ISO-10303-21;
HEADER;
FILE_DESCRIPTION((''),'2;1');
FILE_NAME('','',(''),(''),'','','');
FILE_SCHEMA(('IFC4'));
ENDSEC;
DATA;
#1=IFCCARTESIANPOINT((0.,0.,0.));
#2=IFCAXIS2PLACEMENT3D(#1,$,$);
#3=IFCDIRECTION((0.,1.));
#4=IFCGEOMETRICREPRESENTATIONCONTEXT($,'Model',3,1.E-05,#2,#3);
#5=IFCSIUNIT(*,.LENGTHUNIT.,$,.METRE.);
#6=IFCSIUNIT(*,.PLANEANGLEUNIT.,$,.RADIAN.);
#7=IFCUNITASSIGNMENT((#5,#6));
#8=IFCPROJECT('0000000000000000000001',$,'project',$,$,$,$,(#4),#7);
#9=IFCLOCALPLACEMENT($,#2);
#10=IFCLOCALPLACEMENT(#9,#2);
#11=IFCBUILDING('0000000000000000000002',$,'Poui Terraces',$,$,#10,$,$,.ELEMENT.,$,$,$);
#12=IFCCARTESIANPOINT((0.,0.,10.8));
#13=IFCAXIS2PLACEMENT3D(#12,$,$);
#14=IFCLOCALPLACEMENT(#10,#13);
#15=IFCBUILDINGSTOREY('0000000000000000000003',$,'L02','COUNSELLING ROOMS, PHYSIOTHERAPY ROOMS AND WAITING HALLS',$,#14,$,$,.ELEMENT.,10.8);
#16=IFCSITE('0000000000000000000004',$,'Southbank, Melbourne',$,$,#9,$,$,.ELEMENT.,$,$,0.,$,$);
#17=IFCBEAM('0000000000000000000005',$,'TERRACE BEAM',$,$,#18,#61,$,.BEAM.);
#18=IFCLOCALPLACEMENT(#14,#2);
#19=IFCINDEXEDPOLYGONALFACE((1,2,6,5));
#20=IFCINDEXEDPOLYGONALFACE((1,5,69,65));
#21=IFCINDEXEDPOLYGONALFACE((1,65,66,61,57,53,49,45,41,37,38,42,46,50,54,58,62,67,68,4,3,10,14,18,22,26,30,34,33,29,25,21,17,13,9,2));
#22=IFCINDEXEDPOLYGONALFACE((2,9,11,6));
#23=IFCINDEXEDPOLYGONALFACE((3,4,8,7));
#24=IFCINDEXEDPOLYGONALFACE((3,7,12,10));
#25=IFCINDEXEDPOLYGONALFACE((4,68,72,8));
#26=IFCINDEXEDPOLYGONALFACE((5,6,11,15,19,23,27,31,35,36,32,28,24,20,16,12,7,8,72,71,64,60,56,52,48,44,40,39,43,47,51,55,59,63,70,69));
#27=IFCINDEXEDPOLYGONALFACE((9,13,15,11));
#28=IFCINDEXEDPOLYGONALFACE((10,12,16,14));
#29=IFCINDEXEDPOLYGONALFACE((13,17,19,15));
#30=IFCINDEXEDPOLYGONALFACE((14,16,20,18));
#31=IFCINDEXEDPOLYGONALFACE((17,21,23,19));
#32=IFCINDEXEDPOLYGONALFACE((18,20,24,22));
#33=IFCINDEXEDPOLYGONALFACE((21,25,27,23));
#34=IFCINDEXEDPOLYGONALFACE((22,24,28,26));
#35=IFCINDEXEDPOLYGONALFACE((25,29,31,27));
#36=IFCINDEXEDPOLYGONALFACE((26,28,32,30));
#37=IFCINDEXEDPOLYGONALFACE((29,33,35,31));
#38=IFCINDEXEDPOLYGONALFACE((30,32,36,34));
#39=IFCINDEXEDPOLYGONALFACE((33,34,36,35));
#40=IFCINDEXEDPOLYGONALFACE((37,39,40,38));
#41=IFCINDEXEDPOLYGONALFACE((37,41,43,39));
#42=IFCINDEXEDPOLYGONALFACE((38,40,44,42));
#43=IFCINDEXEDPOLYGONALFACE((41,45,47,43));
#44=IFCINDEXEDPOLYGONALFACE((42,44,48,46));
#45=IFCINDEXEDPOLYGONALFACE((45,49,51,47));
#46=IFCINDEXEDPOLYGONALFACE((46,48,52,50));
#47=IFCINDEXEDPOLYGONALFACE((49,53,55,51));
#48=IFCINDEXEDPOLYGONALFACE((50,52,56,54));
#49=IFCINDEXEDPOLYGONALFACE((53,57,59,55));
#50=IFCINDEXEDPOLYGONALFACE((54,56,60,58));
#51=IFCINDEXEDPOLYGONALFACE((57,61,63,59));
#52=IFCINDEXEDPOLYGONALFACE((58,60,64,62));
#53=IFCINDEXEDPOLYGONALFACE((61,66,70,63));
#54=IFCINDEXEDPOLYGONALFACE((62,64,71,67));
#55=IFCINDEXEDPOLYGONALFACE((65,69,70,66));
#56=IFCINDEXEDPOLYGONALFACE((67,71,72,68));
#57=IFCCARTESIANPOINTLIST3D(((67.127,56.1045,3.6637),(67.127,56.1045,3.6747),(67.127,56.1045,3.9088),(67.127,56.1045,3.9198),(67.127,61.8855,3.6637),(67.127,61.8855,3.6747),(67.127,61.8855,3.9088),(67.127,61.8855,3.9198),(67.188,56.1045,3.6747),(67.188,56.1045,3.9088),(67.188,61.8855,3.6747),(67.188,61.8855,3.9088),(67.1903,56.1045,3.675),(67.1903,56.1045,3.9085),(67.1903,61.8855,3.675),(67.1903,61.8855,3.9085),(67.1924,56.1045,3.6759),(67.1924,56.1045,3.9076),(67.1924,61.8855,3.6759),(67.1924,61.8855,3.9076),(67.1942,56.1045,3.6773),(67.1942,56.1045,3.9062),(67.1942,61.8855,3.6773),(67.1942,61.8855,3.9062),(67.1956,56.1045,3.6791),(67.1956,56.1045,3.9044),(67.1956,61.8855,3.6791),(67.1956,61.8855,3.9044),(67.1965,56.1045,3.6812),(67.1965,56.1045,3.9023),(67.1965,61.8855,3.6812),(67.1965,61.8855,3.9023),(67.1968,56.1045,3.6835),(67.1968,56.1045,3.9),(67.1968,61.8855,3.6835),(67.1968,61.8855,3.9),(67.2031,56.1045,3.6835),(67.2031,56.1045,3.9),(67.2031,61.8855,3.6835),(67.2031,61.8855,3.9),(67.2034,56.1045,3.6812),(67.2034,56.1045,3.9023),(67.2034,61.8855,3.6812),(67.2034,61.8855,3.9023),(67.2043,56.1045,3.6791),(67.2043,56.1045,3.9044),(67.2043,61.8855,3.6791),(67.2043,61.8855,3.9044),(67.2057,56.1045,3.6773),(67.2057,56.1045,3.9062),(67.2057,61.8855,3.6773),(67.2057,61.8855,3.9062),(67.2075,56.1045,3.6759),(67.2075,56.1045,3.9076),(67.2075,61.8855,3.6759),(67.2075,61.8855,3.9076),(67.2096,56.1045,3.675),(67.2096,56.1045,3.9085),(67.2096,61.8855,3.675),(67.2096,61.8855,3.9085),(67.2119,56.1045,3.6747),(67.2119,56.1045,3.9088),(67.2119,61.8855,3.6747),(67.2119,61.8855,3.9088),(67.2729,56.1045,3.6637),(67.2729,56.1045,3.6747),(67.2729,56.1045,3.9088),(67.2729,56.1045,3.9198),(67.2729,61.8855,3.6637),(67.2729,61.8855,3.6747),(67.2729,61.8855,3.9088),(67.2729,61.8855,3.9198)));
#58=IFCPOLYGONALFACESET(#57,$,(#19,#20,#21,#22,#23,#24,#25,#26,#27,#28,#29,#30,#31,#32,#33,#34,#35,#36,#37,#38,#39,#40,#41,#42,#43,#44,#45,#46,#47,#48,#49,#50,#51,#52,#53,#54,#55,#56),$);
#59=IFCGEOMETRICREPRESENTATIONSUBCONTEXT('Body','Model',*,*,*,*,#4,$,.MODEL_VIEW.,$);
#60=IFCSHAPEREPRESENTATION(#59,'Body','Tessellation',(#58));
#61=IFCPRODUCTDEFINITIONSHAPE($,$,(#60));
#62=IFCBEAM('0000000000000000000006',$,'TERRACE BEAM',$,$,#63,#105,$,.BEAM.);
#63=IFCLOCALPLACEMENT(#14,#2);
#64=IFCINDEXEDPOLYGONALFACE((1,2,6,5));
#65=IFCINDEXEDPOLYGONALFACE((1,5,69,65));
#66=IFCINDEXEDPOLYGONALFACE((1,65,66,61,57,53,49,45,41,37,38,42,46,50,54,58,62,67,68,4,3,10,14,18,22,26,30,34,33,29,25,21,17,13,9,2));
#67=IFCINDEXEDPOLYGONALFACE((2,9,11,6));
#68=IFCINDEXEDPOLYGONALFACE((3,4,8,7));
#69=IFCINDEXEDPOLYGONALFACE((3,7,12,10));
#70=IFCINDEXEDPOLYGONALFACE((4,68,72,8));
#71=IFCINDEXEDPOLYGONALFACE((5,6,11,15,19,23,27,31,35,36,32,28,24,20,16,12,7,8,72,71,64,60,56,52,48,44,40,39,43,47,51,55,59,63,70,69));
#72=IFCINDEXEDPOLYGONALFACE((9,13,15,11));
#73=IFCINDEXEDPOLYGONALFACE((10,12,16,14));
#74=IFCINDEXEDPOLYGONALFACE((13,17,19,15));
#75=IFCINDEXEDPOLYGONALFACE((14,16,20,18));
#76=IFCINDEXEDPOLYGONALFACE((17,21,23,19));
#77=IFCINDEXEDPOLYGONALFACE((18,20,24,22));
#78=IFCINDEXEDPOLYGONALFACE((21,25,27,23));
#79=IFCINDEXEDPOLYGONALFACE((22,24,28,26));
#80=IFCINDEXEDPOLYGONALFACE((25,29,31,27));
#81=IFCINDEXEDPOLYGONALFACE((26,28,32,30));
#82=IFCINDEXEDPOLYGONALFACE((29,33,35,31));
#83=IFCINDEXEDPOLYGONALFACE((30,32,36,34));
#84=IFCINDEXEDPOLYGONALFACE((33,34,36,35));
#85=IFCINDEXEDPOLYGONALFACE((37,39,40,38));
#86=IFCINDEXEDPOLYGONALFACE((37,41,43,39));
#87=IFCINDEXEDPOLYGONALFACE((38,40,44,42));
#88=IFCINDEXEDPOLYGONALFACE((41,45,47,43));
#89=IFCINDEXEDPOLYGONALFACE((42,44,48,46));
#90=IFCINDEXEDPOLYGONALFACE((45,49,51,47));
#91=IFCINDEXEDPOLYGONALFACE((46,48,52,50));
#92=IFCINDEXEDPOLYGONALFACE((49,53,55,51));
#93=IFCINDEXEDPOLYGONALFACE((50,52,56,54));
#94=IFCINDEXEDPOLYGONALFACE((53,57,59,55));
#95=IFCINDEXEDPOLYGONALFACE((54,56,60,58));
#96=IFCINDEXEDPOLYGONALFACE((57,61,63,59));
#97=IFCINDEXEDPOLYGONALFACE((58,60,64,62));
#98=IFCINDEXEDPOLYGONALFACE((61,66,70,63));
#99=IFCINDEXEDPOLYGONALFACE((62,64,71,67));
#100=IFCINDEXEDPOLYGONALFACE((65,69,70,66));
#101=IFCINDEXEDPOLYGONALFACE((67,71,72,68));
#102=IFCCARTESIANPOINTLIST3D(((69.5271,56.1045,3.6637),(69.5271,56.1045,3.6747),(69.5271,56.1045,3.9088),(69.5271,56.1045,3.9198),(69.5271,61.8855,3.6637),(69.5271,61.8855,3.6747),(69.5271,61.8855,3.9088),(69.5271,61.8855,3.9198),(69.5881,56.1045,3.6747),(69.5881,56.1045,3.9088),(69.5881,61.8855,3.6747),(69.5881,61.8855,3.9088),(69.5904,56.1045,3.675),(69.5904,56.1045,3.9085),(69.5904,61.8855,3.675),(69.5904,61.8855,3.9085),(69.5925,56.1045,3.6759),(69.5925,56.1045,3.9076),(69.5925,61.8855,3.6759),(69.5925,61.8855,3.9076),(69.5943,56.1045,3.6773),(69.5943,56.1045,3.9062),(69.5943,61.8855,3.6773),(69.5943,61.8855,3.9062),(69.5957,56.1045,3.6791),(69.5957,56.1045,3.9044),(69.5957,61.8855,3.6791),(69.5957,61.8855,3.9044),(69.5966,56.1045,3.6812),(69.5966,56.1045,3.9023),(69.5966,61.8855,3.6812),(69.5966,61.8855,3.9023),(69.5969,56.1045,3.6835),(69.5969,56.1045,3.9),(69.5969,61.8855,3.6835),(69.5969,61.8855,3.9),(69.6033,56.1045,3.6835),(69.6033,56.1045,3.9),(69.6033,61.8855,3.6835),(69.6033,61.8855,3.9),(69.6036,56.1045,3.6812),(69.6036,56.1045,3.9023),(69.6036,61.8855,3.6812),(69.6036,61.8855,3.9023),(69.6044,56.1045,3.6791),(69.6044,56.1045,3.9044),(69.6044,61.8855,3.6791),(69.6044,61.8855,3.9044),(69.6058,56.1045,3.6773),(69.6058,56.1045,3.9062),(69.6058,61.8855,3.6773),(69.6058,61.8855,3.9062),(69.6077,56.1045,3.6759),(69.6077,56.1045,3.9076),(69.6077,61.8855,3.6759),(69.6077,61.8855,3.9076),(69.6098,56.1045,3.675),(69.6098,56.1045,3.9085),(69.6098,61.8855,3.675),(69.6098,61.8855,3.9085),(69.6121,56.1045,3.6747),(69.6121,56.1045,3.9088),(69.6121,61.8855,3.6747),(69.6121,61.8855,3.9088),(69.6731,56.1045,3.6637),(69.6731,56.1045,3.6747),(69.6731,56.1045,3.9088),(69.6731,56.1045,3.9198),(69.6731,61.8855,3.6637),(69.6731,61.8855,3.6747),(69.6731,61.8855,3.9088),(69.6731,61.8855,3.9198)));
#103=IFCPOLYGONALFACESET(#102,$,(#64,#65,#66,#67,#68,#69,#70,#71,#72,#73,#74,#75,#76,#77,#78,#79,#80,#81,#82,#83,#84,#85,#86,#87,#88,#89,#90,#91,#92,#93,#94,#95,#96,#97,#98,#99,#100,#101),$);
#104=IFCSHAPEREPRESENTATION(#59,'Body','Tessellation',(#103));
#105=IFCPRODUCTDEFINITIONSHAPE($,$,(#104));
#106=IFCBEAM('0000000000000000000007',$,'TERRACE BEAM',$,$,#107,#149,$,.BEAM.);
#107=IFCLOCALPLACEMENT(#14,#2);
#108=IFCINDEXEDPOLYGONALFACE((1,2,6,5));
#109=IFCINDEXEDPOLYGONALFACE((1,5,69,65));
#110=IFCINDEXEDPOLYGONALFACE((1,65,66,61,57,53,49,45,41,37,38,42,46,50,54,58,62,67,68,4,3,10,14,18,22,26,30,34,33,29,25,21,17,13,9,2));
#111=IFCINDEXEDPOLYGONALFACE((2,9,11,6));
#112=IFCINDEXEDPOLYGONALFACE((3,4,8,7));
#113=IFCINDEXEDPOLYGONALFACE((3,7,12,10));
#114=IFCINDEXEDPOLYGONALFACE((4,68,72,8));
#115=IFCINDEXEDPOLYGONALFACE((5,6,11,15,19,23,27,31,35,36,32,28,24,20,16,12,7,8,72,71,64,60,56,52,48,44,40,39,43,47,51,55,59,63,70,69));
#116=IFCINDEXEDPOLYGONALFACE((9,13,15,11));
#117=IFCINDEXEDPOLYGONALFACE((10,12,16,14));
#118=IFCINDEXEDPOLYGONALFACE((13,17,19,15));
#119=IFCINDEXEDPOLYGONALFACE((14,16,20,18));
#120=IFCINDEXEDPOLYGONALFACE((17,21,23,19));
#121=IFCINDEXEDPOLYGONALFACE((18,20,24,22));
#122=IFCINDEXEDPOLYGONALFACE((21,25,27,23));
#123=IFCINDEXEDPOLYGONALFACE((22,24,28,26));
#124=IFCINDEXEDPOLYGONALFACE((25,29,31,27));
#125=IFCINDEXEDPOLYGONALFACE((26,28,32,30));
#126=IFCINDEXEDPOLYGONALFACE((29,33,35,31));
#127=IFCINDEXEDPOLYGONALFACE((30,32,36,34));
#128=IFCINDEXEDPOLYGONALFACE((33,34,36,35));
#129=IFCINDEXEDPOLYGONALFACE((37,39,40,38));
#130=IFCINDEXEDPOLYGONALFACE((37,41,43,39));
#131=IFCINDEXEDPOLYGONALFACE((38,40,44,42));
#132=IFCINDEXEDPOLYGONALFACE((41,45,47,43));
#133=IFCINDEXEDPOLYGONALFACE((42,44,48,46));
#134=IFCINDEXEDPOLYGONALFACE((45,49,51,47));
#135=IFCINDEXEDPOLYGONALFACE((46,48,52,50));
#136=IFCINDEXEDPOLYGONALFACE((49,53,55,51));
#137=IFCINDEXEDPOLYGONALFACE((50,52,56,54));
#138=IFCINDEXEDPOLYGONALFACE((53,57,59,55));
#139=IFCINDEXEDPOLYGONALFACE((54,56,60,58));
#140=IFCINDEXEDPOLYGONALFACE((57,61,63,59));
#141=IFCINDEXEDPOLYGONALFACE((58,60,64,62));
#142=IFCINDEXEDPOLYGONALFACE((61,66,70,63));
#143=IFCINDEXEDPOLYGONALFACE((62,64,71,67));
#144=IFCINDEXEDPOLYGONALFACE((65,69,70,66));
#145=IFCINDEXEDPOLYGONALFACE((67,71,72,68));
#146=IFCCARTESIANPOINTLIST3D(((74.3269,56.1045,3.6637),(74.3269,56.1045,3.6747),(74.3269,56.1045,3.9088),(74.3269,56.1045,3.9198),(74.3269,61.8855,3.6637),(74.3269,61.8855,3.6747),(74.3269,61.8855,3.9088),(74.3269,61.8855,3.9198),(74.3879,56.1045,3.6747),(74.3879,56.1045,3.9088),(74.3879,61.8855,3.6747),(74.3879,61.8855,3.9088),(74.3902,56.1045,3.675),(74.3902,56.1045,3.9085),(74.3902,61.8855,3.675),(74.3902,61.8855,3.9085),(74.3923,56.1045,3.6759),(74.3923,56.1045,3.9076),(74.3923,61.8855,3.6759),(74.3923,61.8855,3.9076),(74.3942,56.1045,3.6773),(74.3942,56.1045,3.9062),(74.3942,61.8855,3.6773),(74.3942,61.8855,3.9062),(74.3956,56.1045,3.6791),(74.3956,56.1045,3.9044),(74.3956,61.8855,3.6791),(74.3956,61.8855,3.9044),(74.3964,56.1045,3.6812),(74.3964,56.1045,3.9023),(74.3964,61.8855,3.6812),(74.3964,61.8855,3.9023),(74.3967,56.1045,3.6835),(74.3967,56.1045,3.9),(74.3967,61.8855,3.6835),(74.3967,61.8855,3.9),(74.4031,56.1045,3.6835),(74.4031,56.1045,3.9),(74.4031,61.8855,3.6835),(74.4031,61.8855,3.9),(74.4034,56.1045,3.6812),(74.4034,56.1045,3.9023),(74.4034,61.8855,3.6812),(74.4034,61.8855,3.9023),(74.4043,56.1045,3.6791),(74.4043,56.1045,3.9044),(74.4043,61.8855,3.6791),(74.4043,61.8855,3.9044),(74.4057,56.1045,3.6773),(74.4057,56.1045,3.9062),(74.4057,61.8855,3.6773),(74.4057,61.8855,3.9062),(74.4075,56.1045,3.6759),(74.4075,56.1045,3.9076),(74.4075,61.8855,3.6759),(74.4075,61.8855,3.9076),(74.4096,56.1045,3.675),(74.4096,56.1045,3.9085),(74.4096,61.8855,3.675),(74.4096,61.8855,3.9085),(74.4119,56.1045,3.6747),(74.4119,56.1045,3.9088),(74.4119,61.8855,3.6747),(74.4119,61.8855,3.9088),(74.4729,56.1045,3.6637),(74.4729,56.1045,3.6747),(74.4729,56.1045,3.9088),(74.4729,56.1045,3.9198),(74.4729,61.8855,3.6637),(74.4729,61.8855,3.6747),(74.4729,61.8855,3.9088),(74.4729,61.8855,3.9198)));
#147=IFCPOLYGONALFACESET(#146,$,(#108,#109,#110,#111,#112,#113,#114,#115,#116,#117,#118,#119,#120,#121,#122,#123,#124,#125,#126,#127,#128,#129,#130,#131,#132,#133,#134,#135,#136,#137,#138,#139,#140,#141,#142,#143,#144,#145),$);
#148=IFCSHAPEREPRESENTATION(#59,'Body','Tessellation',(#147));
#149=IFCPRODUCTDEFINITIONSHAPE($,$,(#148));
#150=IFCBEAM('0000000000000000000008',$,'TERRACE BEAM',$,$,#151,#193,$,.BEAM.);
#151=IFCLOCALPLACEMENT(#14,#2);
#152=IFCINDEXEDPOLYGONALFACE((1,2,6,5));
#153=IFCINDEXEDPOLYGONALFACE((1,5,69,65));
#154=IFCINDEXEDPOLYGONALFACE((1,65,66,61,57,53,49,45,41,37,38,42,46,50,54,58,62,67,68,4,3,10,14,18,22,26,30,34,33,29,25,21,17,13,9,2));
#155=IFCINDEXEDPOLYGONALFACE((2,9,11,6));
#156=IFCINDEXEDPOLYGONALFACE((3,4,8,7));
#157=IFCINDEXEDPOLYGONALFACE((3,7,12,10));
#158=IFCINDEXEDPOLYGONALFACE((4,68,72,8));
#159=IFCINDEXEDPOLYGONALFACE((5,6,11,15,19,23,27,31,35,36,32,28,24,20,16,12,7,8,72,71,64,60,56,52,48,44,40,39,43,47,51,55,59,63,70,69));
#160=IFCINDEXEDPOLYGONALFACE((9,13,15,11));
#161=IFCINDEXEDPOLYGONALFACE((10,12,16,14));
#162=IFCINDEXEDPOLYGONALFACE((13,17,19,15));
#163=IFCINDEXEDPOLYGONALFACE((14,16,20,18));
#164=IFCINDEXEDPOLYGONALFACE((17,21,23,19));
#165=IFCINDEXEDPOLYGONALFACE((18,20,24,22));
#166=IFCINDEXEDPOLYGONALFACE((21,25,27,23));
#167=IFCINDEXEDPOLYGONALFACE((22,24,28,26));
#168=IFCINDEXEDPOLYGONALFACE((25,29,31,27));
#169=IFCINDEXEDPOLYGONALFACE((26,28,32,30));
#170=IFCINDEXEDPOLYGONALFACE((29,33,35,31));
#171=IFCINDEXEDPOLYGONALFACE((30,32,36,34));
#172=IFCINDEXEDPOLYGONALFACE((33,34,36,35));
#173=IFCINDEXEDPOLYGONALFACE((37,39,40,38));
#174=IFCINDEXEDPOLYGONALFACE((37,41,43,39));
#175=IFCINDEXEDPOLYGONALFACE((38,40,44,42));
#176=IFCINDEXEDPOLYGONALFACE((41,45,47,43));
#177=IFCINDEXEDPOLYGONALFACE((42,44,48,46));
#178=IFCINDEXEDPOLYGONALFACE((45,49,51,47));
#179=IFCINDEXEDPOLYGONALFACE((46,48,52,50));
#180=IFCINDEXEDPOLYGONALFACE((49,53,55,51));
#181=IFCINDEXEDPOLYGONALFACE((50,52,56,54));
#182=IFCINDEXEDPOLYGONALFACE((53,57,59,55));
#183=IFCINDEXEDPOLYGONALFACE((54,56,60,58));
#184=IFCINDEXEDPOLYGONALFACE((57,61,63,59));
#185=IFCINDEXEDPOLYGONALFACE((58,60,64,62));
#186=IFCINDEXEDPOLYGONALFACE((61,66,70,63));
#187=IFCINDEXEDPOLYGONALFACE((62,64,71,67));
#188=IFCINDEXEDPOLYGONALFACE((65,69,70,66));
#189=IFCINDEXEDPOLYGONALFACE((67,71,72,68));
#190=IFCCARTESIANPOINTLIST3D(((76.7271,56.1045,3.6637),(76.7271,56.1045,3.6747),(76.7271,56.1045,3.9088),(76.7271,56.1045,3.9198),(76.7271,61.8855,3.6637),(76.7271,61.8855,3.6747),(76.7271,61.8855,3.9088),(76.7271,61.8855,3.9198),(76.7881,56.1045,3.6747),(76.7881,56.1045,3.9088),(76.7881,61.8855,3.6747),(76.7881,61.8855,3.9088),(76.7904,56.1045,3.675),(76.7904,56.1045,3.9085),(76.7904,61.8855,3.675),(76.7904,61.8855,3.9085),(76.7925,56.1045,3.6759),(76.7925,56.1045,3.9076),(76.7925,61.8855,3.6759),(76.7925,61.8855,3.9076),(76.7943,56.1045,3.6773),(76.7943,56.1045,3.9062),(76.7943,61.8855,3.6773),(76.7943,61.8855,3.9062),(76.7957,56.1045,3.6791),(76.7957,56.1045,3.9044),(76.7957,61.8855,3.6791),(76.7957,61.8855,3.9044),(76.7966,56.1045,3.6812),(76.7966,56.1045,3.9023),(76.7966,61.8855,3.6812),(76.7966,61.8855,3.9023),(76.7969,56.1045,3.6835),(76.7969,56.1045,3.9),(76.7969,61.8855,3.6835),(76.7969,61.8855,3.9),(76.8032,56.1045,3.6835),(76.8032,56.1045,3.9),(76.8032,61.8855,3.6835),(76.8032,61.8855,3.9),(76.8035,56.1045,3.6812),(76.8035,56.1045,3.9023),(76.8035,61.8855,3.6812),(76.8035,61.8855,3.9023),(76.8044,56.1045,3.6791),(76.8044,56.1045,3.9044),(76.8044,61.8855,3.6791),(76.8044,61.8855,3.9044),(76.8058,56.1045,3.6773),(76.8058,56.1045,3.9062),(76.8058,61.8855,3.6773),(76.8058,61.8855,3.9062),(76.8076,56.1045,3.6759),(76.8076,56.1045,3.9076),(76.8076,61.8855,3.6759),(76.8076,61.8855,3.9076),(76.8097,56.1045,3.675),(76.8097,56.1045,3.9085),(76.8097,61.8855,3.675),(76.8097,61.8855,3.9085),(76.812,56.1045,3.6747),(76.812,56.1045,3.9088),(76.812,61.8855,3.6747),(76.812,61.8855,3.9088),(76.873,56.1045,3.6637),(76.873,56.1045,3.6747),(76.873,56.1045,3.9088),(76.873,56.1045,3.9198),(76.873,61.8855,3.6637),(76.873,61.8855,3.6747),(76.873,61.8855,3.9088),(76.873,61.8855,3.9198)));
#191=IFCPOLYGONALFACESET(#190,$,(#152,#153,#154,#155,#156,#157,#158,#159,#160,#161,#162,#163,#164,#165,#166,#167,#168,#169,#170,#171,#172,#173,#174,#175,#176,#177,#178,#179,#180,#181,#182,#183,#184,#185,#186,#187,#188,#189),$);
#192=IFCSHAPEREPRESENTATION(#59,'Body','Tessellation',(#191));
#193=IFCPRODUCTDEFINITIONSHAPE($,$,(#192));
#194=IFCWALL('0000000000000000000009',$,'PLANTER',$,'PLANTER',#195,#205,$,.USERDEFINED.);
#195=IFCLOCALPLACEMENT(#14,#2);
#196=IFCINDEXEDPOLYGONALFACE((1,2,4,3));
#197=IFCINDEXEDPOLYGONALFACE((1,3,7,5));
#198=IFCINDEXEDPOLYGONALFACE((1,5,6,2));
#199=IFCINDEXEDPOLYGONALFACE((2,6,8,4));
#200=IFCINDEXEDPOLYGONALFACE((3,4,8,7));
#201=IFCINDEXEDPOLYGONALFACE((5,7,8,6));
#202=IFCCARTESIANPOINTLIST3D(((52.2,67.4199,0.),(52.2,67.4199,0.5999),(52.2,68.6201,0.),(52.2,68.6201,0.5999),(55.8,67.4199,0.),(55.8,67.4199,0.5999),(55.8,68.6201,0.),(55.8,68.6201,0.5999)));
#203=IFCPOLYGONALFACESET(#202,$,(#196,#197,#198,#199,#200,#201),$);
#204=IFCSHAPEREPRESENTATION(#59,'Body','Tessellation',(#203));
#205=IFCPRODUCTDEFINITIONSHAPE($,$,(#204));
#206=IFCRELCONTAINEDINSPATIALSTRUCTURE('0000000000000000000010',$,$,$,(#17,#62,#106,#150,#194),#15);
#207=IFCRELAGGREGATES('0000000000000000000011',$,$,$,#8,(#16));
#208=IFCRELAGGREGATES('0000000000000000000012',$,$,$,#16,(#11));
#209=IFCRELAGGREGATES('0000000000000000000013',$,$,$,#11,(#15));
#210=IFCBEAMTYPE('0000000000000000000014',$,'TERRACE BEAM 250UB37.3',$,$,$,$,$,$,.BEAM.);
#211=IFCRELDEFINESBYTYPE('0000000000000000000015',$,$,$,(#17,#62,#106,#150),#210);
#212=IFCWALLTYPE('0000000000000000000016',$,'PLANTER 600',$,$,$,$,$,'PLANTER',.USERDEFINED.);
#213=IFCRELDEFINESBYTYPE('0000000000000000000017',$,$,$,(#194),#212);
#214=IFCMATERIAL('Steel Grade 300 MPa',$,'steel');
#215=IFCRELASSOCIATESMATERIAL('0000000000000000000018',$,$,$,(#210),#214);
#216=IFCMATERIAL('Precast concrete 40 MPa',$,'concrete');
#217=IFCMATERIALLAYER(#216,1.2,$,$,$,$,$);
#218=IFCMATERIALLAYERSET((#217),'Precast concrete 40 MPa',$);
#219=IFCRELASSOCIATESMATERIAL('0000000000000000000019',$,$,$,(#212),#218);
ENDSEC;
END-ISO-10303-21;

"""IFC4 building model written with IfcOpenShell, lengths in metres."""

from ifc_helpers import new_model, si_unit, direction, frame, origin, origin_2d, place, context, subcontext, project, spatial, polyline, i_section, outline, extrude, source, transform, mapped, material, layer, layer_set, material_profile, profile_set, type_object, element, save


model = new_model("IFC4")

# Units and contexts
model_context = context("Model", 3, precision=1e-05, world=origin(), true_north=direction((0.0, 1.0)))
body_context = subcontext(model_context, "Body", "Model", "MODEL_VIEW")
ifc_project = project(units=[si_unit("LENGTHUNIT", "METRE"), si_unit("PLANEANGLEUNIT", "RADIAN")], contexts=[model_context])

# Site, building, storey
site_placement = place(None, origin())
site = spatial("IfcSite", under=ifc_project, at=site_placement, Name="Southbank, Melbourne", CompositionType="ELEMENT", RefElevation=0.0)
building_placement = place(site_placement, origin())
building = spatial("IfcBuilding", under=site, at=building_placement, Name="Poui Terraces", CompositionType="ELEMENT")
storey_placement = place(building_placement, frame((0.0, 0.0, 10.8)))
storey = spatial("IfcBuildingStorey", under=building, at=storey_placement, Name="L02", Description="COUNSELLING ROOMS, PHYSIOTHERAPY ROOMS AND WAITING HALLS", CompositionType="ELEMENT", Elevation=10.8)

# Beams
ifc_material_1 = material(Name="Steel Grade 300 MPa", Category="steel")
ifc_material_profile_1 = material_profile(ifc_material_1, i_section(OverallWidth=0.146, OverallDepth=0.2561, WebThickness=0.0063, FlangeThickness=0.011, FilletRadius=0.0088, at=origin_2d()), Name="250UB37.3")
ifc_profile_set_1 = profile_set([ifc_material_profile_1], Name="Steel Grade 300 MPa")
beam_type_1 = type_object("IfcBeamType", Name="TERRACE BEAM 250UB37.3", PredefinedType="BEAM", material=ifc_profile_set_1)
shared_shape_1 = source(origin(), body_context, "Body", "SweptSolid", [
    extrude(i_section(OverallWidth=0.146, OverallDepth=0.2561, WebThickness=0.0063, FlangeThickness=0.011, FilletRadius=0.0088, at=origin_2d()), origin(), (0.0, 0.0, 1.0), 5.781),
])
for number, where, z_axis, x_axis, name in (
    (1, (67.2, 56.1045, 3.7917), (0.0, 1.0, 0.0), (-1.0, 0.0, 0.0), "TERRACE BEAM"),
    (2, (69.6001, 56.1045, 3.7917), (0.0, 1.0, 0.0), (-1.0, 0.0, 0.0), "TERRACE BEAM"),
    (3, (74.3999, 56.1045, 3.7917), (0.0, 1.0, 0.0), (-1.0, 0.0, 0.0), "TERRACE BEAM"),
    (4, (76.8, 56.1045, 3.7917), (0.0, 1.0, 0.0), (-1.0, 0.0, 0.0), "TERRACE BEAM"),
):
    element("IfcBeam", number, at=place(storey_placement, frame(where, z_axis=z_axis, x_axis=x_axis)), inside=storey, type_object=beam_type_1, Name=name, PredefinedType="BEAM", context=body_context, shape_type="MappedRepresentation", body=[
        mapped(shared_shape_1, transform((0.0, 0.0, 0.0))),
    ])

# Wall
ifc_material_2 = material(Name="Precast concrete 40 MPa", Category="concrete")
ifc_layer = layer(ifc_material_2, 1.2)
ifc_layer_set = layer_set([ifc_layer], Name="Precast concrete 40 MPa")
wall_type = type_object("IfcWallType", Name="PLANTER 600", ElementType="PLANTER", PredefinedType="USERDEFINED", material=ifc_layer_set)
shared_shape_2 = source(origin(), body_context, "Body", "SweptSolid", [
    extrude(outline(polyline([(0.0, 0.0), (3.6001, 0.0), (3.6001, 1.2002), (0.0, 1.2002), (0.0, 0.0)])), origin(), (0.0, 0.0, 1.0), 0.5999),
])
for number, where, name in (
    (5, (52.2, 67.4199, 0.0), "PLANTER"),
):
    element("IfcWall", number, at=place(storey_placement, frame(where)), inside=storey, type_object=wall_type, Name=name, ObjectType="PLANTER", PredefinedType="USERDEFINED", context=body_context, shape_type="MappedRepresentation", body=[
        mapped(shared_shape_2, transform((0.0, 0.0, 0.0))),
    ])

save(model, "model.ifc")
